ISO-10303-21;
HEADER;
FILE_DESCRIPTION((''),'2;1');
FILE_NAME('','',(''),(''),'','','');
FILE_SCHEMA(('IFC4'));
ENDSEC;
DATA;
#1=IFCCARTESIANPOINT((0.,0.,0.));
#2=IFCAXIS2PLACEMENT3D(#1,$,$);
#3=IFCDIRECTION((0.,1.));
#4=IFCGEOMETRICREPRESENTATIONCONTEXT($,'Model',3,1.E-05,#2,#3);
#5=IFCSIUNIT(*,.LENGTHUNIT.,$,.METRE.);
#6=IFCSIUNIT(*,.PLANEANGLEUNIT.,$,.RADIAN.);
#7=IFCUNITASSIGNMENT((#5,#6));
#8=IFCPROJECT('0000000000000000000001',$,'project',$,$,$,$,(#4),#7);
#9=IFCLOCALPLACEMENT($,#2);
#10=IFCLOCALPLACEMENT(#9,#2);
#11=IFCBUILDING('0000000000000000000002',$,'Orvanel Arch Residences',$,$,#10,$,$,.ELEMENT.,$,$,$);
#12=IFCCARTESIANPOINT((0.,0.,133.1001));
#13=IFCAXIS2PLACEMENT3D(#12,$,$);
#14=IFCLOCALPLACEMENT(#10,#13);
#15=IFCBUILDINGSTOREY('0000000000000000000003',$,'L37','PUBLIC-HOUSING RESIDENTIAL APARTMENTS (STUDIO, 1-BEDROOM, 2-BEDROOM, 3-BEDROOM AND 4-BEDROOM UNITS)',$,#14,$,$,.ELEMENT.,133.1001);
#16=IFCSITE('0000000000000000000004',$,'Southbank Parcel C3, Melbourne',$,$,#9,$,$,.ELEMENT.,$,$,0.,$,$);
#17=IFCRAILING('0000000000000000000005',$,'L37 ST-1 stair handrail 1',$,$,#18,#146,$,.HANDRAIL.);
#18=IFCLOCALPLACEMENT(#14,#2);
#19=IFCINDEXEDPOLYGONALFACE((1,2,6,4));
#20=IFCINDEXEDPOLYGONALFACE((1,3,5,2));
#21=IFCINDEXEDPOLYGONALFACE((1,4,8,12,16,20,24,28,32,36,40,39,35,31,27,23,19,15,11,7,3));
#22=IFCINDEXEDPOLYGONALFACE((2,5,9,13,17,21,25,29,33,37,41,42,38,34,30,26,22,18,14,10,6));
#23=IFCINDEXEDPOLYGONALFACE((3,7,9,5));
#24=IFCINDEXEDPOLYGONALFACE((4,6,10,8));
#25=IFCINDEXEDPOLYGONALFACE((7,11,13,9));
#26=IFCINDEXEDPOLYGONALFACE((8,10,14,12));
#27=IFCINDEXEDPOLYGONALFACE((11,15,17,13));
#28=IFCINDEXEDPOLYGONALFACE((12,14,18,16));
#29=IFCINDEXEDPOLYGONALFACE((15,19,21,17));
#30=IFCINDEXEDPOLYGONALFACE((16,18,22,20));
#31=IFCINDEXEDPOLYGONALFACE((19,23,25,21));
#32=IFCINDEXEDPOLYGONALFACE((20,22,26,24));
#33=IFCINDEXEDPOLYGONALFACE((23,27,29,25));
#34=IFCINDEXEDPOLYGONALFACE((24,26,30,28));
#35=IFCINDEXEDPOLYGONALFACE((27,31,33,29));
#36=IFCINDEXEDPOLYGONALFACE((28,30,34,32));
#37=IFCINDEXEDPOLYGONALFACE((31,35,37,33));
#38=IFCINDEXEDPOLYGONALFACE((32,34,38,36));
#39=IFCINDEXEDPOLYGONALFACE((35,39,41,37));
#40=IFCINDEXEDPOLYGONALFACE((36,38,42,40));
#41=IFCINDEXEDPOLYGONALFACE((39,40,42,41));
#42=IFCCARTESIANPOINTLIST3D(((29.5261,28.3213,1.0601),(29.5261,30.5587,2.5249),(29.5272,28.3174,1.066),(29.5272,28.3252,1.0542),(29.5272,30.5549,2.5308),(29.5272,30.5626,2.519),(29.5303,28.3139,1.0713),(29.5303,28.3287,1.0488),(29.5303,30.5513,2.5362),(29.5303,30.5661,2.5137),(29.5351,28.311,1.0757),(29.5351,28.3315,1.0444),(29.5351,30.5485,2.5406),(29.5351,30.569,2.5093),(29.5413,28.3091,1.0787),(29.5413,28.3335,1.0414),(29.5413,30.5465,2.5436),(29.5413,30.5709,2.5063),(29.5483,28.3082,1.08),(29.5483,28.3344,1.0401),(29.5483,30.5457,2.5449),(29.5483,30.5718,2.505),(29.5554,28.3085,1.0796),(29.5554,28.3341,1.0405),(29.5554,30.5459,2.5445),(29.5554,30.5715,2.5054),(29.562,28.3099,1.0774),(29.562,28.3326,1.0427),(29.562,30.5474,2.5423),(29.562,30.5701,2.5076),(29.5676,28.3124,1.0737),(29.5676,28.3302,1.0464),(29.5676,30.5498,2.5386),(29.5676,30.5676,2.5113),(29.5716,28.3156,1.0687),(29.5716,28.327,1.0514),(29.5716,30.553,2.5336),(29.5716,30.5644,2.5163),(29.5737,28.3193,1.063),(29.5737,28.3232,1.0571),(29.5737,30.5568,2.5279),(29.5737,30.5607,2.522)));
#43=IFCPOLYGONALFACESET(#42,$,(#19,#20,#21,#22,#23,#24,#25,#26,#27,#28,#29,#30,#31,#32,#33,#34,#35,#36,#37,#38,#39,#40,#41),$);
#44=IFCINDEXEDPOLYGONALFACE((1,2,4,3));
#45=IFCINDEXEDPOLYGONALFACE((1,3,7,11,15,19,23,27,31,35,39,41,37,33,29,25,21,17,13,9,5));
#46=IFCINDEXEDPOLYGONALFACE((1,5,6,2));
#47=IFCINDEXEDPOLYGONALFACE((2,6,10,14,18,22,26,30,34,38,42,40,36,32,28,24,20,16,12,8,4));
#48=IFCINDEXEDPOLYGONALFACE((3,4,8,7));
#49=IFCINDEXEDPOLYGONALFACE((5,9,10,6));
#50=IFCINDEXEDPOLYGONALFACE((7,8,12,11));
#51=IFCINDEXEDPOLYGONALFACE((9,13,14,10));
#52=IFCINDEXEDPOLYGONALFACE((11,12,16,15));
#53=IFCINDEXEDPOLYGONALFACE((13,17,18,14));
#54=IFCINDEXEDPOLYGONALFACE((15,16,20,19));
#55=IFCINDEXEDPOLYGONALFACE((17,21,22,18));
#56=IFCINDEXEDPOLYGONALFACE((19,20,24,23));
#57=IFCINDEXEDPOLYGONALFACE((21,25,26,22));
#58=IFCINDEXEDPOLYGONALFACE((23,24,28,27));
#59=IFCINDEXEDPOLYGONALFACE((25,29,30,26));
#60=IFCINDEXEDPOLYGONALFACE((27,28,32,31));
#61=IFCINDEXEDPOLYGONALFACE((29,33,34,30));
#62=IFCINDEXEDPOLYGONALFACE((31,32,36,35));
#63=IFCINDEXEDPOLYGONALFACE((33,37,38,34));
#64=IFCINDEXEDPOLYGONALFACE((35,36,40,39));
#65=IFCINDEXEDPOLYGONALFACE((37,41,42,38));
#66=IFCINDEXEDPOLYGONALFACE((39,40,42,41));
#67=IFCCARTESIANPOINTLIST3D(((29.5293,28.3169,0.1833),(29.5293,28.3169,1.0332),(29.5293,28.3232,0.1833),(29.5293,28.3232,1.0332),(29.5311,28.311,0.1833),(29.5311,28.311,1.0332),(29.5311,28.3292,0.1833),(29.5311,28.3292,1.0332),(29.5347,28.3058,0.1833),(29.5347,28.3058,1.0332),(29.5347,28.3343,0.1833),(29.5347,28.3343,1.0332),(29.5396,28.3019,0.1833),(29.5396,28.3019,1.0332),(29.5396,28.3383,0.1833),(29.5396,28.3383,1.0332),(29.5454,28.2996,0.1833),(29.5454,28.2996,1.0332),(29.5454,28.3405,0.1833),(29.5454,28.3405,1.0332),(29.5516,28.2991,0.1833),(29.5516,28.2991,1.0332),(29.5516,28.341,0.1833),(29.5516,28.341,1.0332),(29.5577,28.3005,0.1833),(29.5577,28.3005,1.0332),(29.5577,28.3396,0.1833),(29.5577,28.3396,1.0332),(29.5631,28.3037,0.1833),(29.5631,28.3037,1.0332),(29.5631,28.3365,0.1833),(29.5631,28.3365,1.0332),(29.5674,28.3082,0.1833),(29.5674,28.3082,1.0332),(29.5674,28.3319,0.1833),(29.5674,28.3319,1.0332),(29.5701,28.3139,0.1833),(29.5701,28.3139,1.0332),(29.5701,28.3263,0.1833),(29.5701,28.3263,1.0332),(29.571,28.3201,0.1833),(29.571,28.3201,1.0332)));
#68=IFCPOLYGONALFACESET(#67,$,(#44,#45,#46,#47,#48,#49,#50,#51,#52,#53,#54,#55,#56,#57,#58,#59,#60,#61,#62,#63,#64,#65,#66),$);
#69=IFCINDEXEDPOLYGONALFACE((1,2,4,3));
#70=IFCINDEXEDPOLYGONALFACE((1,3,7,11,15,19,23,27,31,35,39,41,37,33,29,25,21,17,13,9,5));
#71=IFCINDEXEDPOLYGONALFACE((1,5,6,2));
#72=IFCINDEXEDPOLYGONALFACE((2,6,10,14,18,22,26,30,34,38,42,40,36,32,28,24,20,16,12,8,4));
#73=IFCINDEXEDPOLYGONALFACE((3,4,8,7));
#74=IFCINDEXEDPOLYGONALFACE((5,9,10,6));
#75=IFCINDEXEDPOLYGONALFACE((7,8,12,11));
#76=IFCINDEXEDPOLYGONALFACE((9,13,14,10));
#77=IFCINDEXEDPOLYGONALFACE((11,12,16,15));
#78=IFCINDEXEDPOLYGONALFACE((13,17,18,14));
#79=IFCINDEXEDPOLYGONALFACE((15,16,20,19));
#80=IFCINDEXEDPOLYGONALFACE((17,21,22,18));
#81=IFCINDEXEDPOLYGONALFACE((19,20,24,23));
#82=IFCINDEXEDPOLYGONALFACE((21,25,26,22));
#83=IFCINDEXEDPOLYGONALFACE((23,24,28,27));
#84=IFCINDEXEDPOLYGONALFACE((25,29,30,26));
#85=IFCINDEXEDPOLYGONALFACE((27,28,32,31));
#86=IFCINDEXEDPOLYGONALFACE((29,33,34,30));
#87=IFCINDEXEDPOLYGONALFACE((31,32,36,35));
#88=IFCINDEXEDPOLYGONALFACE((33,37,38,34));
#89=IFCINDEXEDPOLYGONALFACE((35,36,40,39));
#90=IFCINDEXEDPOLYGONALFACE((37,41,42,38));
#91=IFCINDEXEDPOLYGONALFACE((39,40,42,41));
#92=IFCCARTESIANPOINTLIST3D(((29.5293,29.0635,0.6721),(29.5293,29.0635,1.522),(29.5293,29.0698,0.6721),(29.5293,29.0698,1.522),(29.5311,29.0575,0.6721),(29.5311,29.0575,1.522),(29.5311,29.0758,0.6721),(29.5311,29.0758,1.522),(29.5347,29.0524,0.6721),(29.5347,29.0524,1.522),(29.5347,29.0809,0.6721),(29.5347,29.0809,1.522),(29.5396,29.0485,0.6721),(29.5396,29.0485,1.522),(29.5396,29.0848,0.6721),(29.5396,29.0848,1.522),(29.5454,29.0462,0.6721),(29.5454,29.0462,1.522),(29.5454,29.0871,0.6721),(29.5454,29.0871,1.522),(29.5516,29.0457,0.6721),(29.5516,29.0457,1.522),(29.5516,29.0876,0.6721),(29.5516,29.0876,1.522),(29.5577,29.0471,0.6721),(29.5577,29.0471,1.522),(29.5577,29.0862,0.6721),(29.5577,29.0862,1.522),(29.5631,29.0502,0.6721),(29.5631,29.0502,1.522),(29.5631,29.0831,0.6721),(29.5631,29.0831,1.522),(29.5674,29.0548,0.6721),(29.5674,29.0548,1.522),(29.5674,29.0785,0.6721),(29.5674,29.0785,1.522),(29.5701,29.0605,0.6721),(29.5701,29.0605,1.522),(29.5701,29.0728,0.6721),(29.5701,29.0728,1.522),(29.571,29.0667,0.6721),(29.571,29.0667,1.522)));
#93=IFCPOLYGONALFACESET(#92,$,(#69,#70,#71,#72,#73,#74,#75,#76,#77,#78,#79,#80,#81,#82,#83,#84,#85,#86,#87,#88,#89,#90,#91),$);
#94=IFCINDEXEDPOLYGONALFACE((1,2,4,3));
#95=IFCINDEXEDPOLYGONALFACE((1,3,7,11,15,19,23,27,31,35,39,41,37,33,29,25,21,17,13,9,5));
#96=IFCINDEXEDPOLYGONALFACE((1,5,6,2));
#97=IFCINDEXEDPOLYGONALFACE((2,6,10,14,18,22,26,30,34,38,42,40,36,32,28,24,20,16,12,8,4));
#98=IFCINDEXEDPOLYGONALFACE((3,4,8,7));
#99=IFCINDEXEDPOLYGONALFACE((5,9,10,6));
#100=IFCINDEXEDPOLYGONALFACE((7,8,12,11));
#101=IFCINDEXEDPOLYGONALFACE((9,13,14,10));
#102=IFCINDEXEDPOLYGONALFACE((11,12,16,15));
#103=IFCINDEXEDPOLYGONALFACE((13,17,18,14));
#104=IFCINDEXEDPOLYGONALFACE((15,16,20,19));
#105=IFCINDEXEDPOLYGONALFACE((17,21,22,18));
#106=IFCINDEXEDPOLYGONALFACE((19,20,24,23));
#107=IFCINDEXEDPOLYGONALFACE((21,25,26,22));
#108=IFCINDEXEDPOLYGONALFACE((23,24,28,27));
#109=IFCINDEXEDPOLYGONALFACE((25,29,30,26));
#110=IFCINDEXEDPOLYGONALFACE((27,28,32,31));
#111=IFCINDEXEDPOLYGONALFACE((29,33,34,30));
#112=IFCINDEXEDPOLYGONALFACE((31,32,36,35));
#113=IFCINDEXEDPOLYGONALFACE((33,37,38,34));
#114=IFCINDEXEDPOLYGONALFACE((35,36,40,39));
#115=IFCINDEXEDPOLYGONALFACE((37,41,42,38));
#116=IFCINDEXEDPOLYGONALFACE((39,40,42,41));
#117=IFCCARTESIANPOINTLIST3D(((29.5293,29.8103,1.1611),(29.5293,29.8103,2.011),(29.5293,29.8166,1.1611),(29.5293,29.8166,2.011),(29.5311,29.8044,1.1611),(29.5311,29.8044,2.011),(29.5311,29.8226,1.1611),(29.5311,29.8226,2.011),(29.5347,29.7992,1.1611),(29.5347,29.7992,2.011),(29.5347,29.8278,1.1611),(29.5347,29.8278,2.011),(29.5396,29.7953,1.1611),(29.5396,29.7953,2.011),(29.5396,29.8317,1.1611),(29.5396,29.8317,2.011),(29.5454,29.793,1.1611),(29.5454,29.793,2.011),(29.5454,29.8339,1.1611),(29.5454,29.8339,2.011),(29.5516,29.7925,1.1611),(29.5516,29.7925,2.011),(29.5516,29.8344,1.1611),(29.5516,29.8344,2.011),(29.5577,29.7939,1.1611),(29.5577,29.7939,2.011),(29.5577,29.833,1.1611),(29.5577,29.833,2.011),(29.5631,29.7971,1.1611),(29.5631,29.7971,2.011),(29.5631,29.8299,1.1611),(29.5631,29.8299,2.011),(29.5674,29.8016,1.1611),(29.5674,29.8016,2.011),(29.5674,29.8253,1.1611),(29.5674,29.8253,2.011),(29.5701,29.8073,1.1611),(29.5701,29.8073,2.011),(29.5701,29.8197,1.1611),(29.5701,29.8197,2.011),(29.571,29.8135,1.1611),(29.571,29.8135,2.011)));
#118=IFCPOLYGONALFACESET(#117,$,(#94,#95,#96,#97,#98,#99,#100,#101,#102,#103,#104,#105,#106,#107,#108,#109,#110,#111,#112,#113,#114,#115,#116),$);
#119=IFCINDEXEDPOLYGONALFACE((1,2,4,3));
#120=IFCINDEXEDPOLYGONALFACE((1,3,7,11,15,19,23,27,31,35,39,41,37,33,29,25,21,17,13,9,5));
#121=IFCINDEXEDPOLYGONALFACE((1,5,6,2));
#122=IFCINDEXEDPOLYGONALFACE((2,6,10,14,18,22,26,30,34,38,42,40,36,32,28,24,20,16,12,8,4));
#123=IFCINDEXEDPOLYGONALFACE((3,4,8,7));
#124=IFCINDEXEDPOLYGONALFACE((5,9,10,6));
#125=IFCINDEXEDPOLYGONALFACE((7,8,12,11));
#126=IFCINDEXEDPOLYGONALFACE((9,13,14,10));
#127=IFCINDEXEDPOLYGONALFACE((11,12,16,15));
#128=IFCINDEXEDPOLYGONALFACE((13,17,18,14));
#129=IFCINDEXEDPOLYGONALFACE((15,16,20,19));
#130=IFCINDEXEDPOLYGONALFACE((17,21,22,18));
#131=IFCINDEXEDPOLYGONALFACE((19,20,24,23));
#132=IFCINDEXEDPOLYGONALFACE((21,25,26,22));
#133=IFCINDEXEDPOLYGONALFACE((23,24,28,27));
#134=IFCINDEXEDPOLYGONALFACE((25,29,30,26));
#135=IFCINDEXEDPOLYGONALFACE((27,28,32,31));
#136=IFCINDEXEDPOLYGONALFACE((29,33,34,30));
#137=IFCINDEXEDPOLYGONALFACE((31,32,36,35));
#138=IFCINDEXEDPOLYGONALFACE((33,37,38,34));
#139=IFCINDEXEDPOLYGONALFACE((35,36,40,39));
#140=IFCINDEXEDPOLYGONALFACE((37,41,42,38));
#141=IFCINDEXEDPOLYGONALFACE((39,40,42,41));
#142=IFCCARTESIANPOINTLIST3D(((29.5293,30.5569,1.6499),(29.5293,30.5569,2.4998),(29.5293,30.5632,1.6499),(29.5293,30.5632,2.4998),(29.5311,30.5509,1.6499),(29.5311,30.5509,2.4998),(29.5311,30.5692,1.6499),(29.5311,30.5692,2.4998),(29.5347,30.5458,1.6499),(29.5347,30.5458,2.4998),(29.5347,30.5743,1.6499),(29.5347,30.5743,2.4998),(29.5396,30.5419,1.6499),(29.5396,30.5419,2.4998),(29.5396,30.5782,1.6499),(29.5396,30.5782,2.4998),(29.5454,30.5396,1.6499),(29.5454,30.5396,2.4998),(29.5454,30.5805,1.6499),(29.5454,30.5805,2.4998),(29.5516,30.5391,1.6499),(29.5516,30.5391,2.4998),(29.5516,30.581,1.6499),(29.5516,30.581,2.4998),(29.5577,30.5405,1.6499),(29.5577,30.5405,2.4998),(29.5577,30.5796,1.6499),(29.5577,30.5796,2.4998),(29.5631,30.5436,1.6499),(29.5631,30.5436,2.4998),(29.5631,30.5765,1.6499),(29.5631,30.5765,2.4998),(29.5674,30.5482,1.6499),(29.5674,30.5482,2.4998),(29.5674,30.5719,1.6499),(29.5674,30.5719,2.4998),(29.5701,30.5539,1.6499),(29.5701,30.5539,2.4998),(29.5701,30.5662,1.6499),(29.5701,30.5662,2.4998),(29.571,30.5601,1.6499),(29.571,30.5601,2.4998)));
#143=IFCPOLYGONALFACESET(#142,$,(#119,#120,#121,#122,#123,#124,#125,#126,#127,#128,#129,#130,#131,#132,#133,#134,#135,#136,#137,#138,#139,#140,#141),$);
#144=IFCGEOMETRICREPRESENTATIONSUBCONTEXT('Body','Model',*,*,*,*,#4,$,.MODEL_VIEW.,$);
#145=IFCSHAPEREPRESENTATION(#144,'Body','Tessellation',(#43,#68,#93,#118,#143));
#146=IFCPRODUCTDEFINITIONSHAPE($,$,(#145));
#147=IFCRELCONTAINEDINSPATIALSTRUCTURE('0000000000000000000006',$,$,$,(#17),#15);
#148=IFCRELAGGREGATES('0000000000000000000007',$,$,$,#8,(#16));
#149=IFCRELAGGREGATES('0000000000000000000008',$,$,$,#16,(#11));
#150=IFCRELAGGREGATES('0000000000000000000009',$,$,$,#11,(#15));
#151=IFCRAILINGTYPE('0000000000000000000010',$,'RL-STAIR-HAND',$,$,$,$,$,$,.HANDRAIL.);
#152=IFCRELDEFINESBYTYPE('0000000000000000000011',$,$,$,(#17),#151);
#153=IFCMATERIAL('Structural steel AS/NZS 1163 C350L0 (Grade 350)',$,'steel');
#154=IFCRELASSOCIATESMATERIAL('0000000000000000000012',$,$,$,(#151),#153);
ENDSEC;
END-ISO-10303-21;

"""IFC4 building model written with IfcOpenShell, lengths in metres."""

from ifc_helpers import new_model, si_unit, direction, frame, origin, origin_2d, place, context, subcontext, project, spatial, circle, extrude, material, type_object, element, save


model = new_model("IFC4")

# Units and contexts
model_context = context("Model", 3, precision=1e-05, world=origin(), true_north=direction((0.0, 1.0)))
body_context = subcontext(model_context, "Body", "Model", "MODEL_VIEW")
ifc_project = project(units=[si_unit("LENGTHUNIT", "METRE"), si_unit("PLANEANGLEUNIT", "RADIAN")], contexts=[model_context])

# Site, building, storey
site_placement = place(None, origin())
site = spatial("IfcSite", under=ifc_project, at=site_placement, Name="Southbank Parcel C3, Melbourne", CompositionType="ELEMENT", RefElevation=0.0)
building_placement = place(site_placement, origin())
building = spatial("IfcBuilding", under=site, at=building_placement, Name="Orvanel Arch Residences", CompositionType="ELEMENT")
storey_placement = place(building_placement, frame((0.0, 0.0, 133.1001)))
storey = spatial("IfcBuildingStorey", under=building, at=storey_placement, Name="L37", Description="PUBLIC-HOUSING RESIDENTIAL APARTMENTS (STUDIO, 1-BEDROOM, 2-BEDROOM, 3-BEDROOM AND 4-BEDROOM UNITS)", CompositionType="ELEMENT", Elevation=133.1001)

# Railing
ifc_material_1 = material(Name="Structural steel AS/NZS 1163 C350L0 (Grade 350)", Category="steel")
railing_type_1 = type_object("IfcRailingType", Name="RL-STAIR-HAND", PredefinedType="HANDRAIL", material=ifc_material_1)
railing_1_placement = place(storey_placement, frame((29.55, 28.3201, 0.1833)))
element("IfcRailing", 1, at=railing_1_placement, inside=storey, type_object=railing_type_1, Name="L37 ST-1 stair handrail 1", PredefinedType="HANDRAIL", context=body_context, shape_type="SweptSolid", body=[
    extrude(circle(Radius=0.0239, at=origin_2d()), frame((0.0, 0.0012, 0.8767), z_axis=(0.0, 0.836637, 0.547758), x_axis=(-1.0, 0.0, 0.0)), (0.0, 0.0, 1.0), 2.6743),
    extrude(circle(Radius=0.021, at=origin_2d()), origin(), (0.0, 0.0, 1.0), 0.8499),
    extrude(circle(Radius=0.021, at=origin_2d()), frame((0.0, 0.7466, 0.4888)), (0.0, 0.0, 1.0), 0.8499),
    extrude(circle(Radius=0.021, at=origin_2d()), frame((0.0, 1.4934, 0.9778)), (0.0, 0.0, 1.0), 0.8499),
    extrude(circle(Radius=0.021, at=origin_2d()), frame((0.0, 2.24, 1.4666)), (0.0, 0.0, 1.0), 0.8499),
])

save(model, "model.ifc")
